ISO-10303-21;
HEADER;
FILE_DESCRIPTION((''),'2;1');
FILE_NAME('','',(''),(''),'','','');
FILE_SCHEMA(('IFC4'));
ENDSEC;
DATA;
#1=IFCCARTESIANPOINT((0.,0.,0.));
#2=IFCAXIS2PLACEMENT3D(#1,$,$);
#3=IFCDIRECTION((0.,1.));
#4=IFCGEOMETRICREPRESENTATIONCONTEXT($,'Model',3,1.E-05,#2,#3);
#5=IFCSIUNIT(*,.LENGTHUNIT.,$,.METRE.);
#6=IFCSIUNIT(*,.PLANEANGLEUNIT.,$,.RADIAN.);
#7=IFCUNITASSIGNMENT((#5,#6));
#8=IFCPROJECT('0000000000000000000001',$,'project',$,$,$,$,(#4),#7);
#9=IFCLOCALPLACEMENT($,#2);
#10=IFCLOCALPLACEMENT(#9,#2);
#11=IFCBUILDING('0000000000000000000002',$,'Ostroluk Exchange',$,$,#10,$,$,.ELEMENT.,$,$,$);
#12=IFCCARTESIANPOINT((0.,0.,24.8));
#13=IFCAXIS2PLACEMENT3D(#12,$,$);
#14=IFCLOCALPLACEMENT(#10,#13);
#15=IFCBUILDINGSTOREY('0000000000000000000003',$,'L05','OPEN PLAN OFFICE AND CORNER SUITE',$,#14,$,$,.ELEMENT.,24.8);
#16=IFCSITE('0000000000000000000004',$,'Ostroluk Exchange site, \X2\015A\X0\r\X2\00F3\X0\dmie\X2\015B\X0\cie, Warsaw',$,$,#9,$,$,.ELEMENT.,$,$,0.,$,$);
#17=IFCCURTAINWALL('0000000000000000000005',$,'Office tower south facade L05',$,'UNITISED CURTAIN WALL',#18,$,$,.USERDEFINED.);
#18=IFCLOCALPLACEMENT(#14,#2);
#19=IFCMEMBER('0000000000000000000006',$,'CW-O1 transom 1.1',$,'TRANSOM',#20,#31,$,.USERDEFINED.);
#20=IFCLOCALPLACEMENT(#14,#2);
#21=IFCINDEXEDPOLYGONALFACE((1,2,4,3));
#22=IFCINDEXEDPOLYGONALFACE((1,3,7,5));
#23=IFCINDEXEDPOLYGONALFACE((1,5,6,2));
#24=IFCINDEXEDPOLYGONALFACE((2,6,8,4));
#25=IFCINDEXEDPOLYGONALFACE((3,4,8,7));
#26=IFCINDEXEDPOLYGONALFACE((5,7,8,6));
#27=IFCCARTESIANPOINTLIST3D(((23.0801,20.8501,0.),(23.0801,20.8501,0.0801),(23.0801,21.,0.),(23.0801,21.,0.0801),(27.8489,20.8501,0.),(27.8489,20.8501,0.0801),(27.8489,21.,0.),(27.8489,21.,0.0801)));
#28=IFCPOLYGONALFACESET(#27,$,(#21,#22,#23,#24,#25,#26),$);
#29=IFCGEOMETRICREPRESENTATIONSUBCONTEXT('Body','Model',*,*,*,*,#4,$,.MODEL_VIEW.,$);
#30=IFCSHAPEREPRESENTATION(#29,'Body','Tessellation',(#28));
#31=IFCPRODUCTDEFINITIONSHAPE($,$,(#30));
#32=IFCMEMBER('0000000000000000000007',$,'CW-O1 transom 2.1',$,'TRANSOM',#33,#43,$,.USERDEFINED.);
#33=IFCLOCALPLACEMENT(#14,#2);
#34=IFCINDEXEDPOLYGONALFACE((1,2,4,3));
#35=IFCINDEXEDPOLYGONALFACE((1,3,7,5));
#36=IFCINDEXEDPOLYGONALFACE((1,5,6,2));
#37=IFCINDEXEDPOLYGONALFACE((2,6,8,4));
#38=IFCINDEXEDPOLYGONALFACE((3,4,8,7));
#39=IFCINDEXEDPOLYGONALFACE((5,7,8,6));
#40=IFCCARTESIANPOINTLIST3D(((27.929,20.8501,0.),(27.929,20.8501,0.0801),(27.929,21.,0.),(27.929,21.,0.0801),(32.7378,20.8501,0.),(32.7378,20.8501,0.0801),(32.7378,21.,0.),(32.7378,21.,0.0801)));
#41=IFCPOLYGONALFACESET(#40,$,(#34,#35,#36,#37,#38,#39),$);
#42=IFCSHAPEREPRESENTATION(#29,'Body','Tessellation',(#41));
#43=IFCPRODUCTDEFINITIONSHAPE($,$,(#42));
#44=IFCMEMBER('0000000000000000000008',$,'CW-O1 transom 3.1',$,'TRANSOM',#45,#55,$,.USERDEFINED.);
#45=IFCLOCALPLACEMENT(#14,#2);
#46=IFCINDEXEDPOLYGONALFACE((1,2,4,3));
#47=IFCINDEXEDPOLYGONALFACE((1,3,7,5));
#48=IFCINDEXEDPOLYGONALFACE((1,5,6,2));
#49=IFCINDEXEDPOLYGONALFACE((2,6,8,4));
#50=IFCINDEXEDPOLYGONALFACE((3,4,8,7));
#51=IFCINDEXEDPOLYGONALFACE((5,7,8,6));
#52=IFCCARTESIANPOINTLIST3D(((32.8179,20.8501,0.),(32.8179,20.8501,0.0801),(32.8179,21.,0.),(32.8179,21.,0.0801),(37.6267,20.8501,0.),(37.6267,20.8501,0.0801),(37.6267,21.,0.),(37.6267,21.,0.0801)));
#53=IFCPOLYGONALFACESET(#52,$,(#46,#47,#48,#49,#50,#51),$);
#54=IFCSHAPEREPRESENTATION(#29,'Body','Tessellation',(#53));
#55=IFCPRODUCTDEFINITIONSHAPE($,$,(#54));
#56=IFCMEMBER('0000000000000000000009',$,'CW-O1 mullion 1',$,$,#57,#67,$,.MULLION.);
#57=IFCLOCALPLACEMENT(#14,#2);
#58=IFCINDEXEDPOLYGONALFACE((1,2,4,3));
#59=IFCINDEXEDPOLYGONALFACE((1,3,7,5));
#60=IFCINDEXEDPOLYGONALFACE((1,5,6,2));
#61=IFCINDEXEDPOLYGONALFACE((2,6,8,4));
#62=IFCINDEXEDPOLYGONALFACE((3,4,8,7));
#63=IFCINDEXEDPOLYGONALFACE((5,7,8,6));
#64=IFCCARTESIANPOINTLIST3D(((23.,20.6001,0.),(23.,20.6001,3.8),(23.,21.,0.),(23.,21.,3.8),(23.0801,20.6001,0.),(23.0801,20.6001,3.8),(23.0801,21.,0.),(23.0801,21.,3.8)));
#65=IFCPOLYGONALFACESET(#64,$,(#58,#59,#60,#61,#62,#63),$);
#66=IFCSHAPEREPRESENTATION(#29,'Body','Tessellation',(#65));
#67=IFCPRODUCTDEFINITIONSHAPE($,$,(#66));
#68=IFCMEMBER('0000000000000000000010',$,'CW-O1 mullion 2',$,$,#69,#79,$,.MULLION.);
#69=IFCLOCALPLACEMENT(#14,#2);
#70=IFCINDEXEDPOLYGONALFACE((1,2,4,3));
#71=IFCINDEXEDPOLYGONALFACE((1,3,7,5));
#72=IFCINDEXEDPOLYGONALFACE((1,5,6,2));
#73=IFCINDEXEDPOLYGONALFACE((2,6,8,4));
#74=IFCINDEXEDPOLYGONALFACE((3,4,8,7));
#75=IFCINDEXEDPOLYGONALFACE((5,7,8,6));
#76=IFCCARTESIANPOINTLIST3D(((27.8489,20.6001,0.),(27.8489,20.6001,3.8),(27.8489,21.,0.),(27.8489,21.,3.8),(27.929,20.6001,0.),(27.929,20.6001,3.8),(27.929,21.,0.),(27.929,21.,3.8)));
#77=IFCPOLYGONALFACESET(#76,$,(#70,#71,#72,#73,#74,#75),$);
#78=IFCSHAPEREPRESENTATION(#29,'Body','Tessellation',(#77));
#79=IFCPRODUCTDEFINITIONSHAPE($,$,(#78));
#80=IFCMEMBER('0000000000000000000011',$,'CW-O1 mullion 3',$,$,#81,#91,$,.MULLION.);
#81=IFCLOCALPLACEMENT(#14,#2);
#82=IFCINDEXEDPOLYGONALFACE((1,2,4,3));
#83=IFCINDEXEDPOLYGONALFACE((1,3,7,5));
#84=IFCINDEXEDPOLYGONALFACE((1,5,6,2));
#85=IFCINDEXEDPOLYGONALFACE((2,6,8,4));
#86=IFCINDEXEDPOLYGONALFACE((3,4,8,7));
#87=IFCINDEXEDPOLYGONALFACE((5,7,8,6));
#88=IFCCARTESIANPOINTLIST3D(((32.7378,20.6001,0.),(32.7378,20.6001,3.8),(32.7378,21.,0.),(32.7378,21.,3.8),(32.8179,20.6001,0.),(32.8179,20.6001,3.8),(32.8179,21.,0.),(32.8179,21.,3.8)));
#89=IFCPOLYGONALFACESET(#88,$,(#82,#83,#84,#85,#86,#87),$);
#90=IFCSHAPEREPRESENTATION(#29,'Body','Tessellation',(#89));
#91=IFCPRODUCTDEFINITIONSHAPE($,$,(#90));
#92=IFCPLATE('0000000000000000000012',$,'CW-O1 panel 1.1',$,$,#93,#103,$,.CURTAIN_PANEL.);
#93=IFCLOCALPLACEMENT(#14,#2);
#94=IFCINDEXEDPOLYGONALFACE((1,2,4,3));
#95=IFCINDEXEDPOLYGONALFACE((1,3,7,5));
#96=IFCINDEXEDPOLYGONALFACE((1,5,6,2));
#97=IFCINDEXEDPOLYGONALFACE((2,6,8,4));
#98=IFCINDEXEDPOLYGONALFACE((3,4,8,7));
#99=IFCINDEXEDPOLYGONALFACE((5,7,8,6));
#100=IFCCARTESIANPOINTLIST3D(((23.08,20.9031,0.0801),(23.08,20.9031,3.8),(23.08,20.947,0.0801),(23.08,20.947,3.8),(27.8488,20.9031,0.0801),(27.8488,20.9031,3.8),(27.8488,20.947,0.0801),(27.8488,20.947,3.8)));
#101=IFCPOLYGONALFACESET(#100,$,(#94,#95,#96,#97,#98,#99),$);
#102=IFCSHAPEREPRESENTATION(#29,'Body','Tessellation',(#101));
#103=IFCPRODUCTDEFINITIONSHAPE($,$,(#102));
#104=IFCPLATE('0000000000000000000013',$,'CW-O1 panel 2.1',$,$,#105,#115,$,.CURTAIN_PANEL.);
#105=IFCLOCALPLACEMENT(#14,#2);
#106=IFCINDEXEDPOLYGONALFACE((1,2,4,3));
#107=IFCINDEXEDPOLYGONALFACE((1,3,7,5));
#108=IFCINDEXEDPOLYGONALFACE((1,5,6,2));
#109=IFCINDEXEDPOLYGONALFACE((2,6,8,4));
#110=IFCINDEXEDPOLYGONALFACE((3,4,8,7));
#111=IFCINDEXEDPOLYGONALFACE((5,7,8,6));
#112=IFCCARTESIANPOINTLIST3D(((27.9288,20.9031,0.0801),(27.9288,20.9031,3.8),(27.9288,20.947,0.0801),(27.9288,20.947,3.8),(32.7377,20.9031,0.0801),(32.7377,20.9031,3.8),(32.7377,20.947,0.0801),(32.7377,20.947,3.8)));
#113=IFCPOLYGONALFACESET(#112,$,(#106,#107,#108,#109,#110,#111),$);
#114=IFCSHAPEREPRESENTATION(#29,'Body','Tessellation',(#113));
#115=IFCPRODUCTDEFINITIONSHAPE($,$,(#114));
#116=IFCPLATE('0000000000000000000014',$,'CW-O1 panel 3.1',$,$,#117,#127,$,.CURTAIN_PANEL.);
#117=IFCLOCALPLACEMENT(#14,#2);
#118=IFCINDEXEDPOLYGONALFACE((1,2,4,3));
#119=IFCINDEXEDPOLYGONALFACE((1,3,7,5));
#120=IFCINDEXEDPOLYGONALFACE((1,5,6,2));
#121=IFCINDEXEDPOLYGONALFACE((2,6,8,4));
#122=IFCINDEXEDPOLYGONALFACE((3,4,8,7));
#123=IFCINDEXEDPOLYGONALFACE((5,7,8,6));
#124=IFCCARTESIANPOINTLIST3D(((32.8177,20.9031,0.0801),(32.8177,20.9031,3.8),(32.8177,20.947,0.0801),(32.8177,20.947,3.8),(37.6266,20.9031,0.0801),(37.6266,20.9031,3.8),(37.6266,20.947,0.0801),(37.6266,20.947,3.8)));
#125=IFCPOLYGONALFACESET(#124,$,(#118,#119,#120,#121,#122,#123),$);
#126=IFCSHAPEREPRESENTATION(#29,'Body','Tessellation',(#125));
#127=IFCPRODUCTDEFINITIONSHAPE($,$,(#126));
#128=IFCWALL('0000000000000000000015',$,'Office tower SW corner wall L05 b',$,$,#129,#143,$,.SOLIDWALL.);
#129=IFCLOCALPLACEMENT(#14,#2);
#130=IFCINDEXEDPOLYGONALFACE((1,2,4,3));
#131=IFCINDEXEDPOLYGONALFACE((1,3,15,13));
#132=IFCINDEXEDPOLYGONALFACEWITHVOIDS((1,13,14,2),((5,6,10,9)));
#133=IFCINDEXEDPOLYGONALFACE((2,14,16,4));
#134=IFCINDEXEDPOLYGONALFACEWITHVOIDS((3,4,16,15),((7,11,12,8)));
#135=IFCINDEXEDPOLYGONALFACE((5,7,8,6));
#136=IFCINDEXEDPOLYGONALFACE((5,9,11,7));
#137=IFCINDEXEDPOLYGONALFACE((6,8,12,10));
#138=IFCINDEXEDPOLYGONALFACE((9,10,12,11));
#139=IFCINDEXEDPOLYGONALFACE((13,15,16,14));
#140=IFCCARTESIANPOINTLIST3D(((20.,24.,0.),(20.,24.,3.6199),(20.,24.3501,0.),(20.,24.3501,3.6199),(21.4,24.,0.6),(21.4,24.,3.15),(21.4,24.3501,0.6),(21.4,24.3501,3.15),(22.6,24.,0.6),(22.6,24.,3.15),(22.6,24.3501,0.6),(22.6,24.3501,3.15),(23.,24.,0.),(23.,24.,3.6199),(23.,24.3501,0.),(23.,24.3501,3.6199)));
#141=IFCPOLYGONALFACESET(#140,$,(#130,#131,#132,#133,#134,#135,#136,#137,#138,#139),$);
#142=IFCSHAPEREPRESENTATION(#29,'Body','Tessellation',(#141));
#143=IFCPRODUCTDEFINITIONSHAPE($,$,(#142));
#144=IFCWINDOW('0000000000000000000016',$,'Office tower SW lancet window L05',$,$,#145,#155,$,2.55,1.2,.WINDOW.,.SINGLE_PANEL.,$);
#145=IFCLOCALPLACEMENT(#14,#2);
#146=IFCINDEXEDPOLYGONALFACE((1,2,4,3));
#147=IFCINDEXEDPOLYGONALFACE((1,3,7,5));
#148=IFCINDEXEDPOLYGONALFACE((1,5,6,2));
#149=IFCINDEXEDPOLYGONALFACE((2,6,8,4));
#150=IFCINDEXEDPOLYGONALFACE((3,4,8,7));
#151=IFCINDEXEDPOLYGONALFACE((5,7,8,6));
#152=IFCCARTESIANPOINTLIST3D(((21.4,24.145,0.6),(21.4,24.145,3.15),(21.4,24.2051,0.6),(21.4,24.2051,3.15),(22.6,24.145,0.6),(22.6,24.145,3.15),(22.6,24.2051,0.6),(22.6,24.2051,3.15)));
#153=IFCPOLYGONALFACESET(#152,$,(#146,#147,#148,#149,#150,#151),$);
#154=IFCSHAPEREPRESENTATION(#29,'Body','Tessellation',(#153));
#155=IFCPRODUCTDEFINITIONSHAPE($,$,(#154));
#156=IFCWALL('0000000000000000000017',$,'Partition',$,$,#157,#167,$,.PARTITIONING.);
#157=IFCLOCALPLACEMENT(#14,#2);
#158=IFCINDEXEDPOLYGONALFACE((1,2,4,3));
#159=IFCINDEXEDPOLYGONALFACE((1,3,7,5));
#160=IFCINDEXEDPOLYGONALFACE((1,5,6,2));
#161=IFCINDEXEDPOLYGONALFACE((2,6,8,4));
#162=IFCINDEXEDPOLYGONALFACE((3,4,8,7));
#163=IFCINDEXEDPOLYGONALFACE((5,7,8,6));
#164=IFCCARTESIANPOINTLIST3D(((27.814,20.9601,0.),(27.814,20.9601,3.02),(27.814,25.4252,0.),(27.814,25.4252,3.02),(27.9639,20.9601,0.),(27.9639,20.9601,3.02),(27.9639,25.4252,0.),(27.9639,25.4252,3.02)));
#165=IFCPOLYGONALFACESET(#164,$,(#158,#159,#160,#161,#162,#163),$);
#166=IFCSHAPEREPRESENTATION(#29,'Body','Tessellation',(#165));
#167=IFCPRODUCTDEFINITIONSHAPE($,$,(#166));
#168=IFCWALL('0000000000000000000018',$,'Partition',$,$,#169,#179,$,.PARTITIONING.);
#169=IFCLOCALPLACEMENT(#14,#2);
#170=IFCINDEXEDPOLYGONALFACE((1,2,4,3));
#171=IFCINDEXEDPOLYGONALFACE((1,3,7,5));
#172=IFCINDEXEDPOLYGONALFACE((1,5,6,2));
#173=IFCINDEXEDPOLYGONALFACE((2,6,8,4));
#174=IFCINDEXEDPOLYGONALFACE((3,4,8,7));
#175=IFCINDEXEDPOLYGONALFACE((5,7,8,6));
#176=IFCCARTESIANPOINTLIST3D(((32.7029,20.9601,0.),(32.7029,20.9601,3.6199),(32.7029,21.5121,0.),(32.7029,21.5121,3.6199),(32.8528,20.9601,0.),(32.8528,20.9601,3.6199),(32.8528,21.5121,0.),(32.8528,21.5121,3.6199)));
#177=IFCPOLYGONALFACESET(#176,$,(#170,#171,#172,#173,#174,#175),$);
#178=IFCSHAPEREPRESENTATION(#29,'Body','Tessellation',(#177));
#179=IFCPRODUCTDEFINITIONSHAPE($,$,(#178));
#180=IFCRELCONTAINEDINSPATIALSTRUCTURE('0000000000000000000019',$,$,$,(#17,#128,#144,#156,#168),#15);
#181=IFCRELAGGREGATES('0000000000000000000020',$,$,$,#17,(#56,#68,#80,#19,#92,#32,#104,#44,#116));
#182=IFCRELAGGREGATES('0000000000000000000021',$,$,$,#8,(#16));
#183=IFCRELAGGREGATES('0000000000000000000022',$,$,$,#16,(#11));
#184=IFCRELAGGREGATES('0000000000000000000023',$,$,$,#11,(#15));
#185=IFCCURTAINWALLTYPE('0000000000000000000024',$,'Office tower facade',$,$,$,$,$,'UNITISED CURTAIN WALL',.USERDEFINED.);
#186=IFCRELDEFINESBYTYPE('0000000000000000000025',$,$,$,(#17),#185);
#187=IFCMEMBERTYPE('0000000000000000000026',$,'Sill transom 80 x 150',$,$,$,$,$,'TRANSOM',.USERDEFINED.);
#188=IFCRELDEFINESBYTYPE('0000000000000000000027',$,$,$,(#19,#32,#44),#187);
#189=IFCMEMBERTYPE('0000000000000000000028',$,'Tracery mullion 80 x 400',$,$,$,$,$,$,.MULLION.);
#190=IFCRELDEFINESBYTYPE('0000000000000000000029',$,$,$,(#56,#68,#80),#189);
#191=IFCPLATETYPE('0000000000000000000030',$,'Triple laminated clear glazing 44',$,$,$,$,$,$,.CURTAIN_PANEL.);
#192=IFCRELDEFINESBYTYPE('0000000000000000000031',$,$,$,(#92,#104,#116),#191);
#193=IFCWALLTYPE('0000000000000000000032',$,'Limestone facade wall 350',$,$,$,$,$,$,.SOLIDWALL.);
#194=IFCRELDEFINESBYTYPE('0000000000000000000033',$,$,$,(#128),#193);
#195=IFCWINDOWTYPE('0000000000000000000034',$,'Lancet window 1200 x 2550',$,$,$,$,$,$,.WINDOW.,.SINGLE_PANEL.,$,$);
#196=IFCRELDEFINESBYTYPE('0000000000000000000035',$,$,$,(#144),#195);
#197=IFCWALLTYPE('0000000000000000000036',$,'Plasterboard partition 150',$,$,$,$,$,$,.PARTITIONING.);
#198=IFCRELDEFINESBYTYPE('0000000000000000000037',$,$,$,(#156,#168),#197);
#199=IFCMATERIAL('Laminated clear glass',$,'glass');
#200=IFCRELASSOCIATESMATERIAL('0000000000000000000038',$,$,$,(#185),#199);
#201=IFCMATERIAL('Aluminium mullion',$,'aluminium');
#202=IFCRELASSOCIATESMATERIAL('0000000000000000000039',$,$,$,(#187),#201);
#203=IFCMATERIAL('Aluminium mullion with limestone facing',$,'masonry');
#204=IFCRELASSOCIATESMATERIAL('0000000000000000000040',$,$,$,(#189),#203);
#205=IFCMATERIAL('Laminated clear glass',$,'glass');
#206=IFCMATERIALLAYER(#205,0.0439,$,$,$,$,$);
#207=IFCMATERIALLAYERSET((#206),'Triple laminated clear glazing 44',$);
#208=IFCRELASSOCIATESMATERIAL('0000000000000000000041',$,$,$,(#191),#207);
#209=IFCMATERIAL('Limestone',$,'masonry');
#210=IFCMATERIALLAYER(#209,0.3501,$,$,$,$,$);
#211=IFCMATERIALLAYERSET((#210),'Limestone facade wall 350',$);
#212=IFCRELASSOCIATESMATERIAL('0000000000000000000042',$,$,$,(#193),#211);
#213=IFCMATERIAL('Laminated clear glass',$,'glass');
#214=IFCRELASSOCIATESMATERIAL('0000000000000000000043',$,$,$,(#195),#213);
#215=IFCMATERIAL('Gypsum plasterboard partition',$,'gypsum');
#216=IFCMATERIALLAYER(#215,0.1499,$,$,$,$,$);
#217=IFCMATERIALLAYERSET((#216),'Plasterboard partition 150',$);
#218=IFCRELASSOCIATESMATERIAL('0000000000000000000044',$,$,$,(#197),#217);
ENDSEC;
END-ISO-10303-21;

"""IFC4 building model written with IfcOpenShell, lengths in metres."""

from ifc_helpers import new_model, si_unit, direction, frame, frame_2d, origin, origin_2d, place, context, subcontext, project, spatial, rectangle, extrude, material, layer, layer_set, material_profile, profile_set, type_object, element, fill, aggregate, save


model = new_model("IFC4")

# Units and contexts
model_context = context("Model", 3, precision=1e-05, world=origin(), true_north=direction((0.0, 1.0)))
body_context = subcontext(model_context, "Body", "Model", "MODEL_VIEW")
ifc_project = project(units=[si_unit("LENGTHUNIT", "METRE"), si_unit("PLANEANGLEUNIT", "RADIAN")], contexts=[model_context])

# Site, building, storey
site_placement = place(None, origin())
site = spatial("IfcSite", under=ifc_project, at=site_placement, Name="Ostroluk Exchange site, Śródmieście, Warsaw", CompositionType="ELEMENT", RefElevation=0.0)
building_placement = place(site_placement, origin())
building = spatial("IfcBuilding", under=site, at=building_placement, Name="Ostroluk Exchange", CompositionType="ELEMENT")
storey_placement = place(building_placement, frame((0.0, 0.0, 24.8)))
storey = spatial("IfcBuildingStorey", under=building, at=storey_placement, Name="L05", Description="OPEN PLAN OFFICE AND CORNER SUITE", CompositionType="ELEMENT", Elevation=24.8)

# Curtain wall, members, plates
ifc_material_1 = material(Name="Laminated clear glass", Category="glass")
curtain_wall_type = type_object("IfcCurtainWallType", Name="Office tower facade", ElementType="UNITISED CURTAIN WALL", PredefinedType="USERDEFINED", material=ifc_material_1)
curtain_wall_placement = place(storey_placement, origin())
curtain_wall = element("IfcCurtainWall", 1, at=curtain_wall_placement, inside=storey, type_object=curtain_wall_type, Name="Office tower south facade L05", ObjectType="UNITISED CURTAIN WALL", PredefinedType="USERDEFINED")
ifc_material_2 = material(Name="Aluminium mullion", Category="aluminium")
ifc_material_profile_1 = material_profile(ifc_material_2, rectangle(XDim=0.1499, YDim=0.0801, at=origin_2d()), Name="Sill transom 80 x 150")
ifc_profile_set_1 = profile_set([ifc_material_profile_1], Name="Aluminium mullion")
member_type_1 = type_object("IfcMemberType", Name="Sill transom 80 x 150", ElementType="TRANSOM", PredefinedType="USERDEFINED", material=ifc_profile_set_1)
member_1_placement = place(storey_placement, frame((23.0801, 20.925, 0.04), z_axis=(1.0, 0.0, 0.0), x_axis=(0.0, 1.0, 0.0)))
member_1 = element("IfcMember", 2, at=member_1_placement, type_object=member_type_1, Name="CW-O1 transom 1.1", ObjectType="TRANSOM", PredefinedType="USERDEFINED", context=body_context, shape_type="SweptSolid", body=[
    extrude(rectangle(XDim=0.1499, YDim=0.0801, at=origin_2d()), origin(), (0.0, 0.0, 1.0), 4.7688),
])
member_2_placement = place(storey_placement, frame((27.929, 20.925, 0.04), z_axis=(1.0, 0.0, 0.0), x_axis=(0.0, 1.0, 0.0)))
member_2 = element("IfcMember", 3, at=member_2_placement, type_object=member_type_1, Name="CW-O1 transom 2.1", ObjectType="TRANSOM", PredefinedType="USERDEFINED", context=body_context, shape_type="SweptSolid", body=[
    extrude(rectangle(XDim=0.1499, YDim=0.0801, at=origin_2d()), origin(), (0.0, 0.0, 1.0), 4.8088),
])
member_3_placement = place(storey_placement, frame((32.8179, 20.925, 0.04), z_axis=(1.0, 0.0, 0.0), x_axis=(0.0, 1.0, 0.0)))
member_3 = element("IfcMember", 4, at=member_3_placement, type_object=member_type_1, Name="CW-O1 transom 3.1", ObjectType="TRANSOM", PredefinedType="USERDEFINED", context=body_context, shape_type="SweptSolid", body=[
    extrude(rectangle(XDim=0.1499, YDim=0.0801, at=origin_2d()), origin(), (0.0, 0.0, 1.0), 4.8088),
])
ifc_material_3 = material(Name="Aluminium mullion with limestone facing", Category="masonry")
ifc_material_profile_2 = material_profile(ifc_material_3, rectangle(XDim=0.3999, YDim=0.0801, at=origin_2d()), Name="Tracery mullion 80 x 400")
ifc_profile_set_2 = profile_set([ifc_material_profile_2], Name="Aluminium mullion with limestone facing")
member_type_2 = type_object("IfcMemberType", Name="Tracery mullion 80 x 400", PredefinedType="MULLION", material=ifc_profile_set_2)
member_4_placement = place(storey_placement, frame((23.04, 20.8, 0.0), z_axis=(0.0, 0.0, 1.0), x_axis=(0.0, 1.0, 0.0)))
member_4 = element("IfcMember", 5, at=member_4_placement, type_object=member_type_2, Name="CW-O1 mullion 1", PredefinedType="MULLION", context=body_context, shape_type="SweptSolid", body=[
    extrude(rectangle(XDim=0.3999, YDim=0.0801, at=origin_2d()), origin(), (0.0, 0.0, 1.0), 3.8),
])
member_5_placement = place(storey_placement, frame((27.8889, 20.8, 0.0), z_axis=(0.0, 0.0, 1.0), x_axis=(0.0, 1.0, 0.0)))
member_5 = element("IfcMember", 6, at=member_5_placement, type_object=member_type_2, Name="CW-O1 mullion 2", PredefinedType="MULLION", context=body_context, shape_type="SweptSolid", body=[
    extrude(rectangle(XDim=0.3999, YDim=0.0801, at=origin_2d()), origin(), (0.0, 0.0, 1.0), 3.8),
])
member_6_placement = place(storey_placement, frame((32.7778, 20.8, 0.0), z_axis=(0.0, 0.0, 1.0), x_axis=(0.0, 1.0, 0.0)))
member_6 = element("IfcMember", 7, at=member_6_placement, type_object=member_type_2, Name="CW-O1 mullion 3", PredefinedType="MULLION", context=body_context, shape_type="SweptSolid", body=[
    extrude(rectangle(XDim=0.3999, YDim=0.0801, at=origin_2d()), origin(), (0.0, 0.0, 1.0), 3.8),
])
ifc_material_4 = material(Name="Laminated clear glass", Category="glass")
ifc_layer_1 = layer(ifc_material_4, 0.0439)
ifc_layer_set_1 = layer_set([ifc_layer_1], Name="Triple laminated clear glazing 44")
plate_type = type_object("IfcPlateType", Name="Triple laminated clear glazing 44", PredefinedType="CURTAIN_PANEL", material=ifc_layer_set_1)
plate_1_placement = place(storey_placement, frame((25.4644, 20.925, 0.0801), z_axis=(0.0, 0.0, 1.0), x_axis=(1.0, 0.0, 0.0)))
plate_1 = element("IfcPlate", 8, at=plate_1_placement, type_object=plate_type, Name="CW-O1 panel 1.1", PredefinedType="CURTAIN_PANEL", context=body_context, shape_type="SweptSolid", body=[
    extrude(rectangle(XDim=4.7688, YDim=0.0439, at=origin_2d()), origin(), (0.0, 0.0, 1.0), 3.72),
])
plate_2_placement = place(storey_placement, frame((30.3333, 20.925, 0.0801), z_axis=(0.0, 0.0, 1.0), x_axis=(1.0, 0.0, 0.0)))
plate_2 = element("IfcPlate", 9, at=plate_2_placement, type_object=plate_type, Name="CW-O1 panel 2.1", PredefinedType="CURTAIN_PANEL", context=body_context, shape_type="SweptSolid", body=[
    extrude(rectangle(XDim=4.8088, YDim=0.0439, at=origin_2d()), origin(), (0.0, 0.0, 1.0), 3.72),
])
plate_3_placement = place(storey_placement, frame((35.2222, 20.925, 0.0801), z_axis=(0.0, 0.0, 1.0), x_axis=(1.0, 0.0, 0.0)))
plate_3 = element("IfcPlate", 10, at=plate_3_placement, type_object=plate_type, Name="CW-O1 panel 3.1", PredefinedType="CURTAIN_PANEL", context=body_context, shape_type="SweptSolid", body=[
    extrude(rectangle(XDim=4.8088, YDim=0.0439, at=origin_2d()), origin(), (0.0, 0.0, 1.0), 3.72),
])
aggregate(curtain_wall, [member_4, member_5, member_6, member_1, plate_1, member_2, plate_2, member_3, plate_3])

# Shared definitions
ifc_material_5 = material(Name="Limestone", Category="masonry")
ifc_layer_2 = layer(ifc_material_5, 0.3501)
ifc_layer_set_2 = layer_set([ifc_layer_2], Name="Limestone facade wall 350")
wall_type_1 = type_object("IfcWallType", Name="Limestone facade wall 350", PredefinedType="SOLIDWALL", material=ifc_layer_set_2)

# Wall, opening, window
wall_1_placement = place(storey_placement, frame((23.0, 24.175, 0.0), z_axis=(0.0, 0.0, 1.0), x_axis=(-1.0, 0.0, 0.0)))
wall_1 = element("IfcWall", 11, at=wall_1_placement, inside=storey, type_object=wall_type_1, Name="Office tower SW corner wall L05 b", PredefinedType="SOLIDWALL", context=body_context, shape_type="SweptSolid", body=[
    extrude(rectangle(XDim=3.0, YDim=0.3501, at=frame_2d((1.5, 0.0))), origin(), (0.0, 0.0, 1.0), 3.6199),
])
opening_1_placement = place(wall_1_placement, frame((0.3999, 0.0, 0.6001)))
opening_1 = element("IfcOpeningElement", 12, at=opening_1_placement, cuts=wall_1, PredefinedType="OPENING", context=body_context, shape_type="SweptSolid", body=[
    extrude(rectangle(XDim=1.2, YDim=2.55, at=frame_2d((0.6001, 1.2749))), frame((0.0, 0.1851, 0.0), z_axis=(0.0, -1.0, 0.0), x_axis=(1.0, 0.0, 0.0)), (0.0, 0.0, 1.0), 0.3701),
])
ifc_material_6 = material(Name="Laminated clear glass", Category="glass")
window_type = type_object("IfcWindowType", Name="Lancet window 1200 x 2550", PartitioningType="SINGLE_PANEL", PredefinedType="WINDOW", material=ifc_material_6)
window_placement = place(opening_1_placement, origin())
window = element("IfcWindow", 13, at=window_placement, inside=storey, type_object=window_type, Name="Office tower SW lancet window L05", OverallHeight=2.55, OverallWidth=1.2, PartitioningType="SINGLE_PANEL", PredefinedType="WINDOW", context=body_context, shape_type="SweptSolid", body=[
    extrude(rectangle(XDim=1.2, YDim=2.55, at=frame_2d((0.6001, 1.2749))), frame((0.0, 0.03, 0.0), z_axis=(0.0, -1.0, 0.0), x_axis=(1.0, 0.0, 0.0)), (0.0, 0.0, 1.0), 0.0601),
])
fill(opening_1, window)

# Walls
ifc_material_7 = material(Name="Gypsum plasterboard partition", Category="gypsum")
ifc_layer_3 = layer(ifc_material_7, 0.1499)
ifc_layer_set_3 = layer_set([ifc_layer_3], Name="Plasterboard partition 150")
wall_type_2 = type_object("IfcWallType", Name="Plasterboard partition 150", PredefinedType="PARTITIONING", material=ifc_layer_set_3)
wall_2_placement = place(storey_placement, frame((27.8889, 25.425, 0.0), z_axis=(0.0, 0.0, 1.0), x_axis=(0.0, -1.0, 0.0)))
element("IfcWall", 14, at=wall_2_placement, inside=storey, type_object=wall_type_2, Name="Partition", PredefinedType="PARTITIONING", context=body_context, shape_type="SweptSolid", body=[
    extrude(rectangle(XDim=4.4651, YDim=0.1499, at=frame_2d((2.2324, 0.0))), origin(), (0.0, 0.0, 1.0), 3.02),
])
wall_3_placement = place(storey_placement, frame((32.7778, 21.512, 0.0), z_axis=(0.0, 0.0, 1.0), x_axis=(0.0, -1.0, 0.0)))
element("IfcWall", 15, at=wall_3_placement, inside=storey, type_object=wall_type_2, Name="Partition", PredefinedType="PARTITIONING", context=body_context, shape_type="SweptSolid", body=[
    extrude(rectangle(XDim=0.552, YDim=0.1499, at=frame_2d((0.2759, 0.0))), origin(), (0.0, 0.0, 1.0), 3.6199),
])

save(model, "model.ifc")
